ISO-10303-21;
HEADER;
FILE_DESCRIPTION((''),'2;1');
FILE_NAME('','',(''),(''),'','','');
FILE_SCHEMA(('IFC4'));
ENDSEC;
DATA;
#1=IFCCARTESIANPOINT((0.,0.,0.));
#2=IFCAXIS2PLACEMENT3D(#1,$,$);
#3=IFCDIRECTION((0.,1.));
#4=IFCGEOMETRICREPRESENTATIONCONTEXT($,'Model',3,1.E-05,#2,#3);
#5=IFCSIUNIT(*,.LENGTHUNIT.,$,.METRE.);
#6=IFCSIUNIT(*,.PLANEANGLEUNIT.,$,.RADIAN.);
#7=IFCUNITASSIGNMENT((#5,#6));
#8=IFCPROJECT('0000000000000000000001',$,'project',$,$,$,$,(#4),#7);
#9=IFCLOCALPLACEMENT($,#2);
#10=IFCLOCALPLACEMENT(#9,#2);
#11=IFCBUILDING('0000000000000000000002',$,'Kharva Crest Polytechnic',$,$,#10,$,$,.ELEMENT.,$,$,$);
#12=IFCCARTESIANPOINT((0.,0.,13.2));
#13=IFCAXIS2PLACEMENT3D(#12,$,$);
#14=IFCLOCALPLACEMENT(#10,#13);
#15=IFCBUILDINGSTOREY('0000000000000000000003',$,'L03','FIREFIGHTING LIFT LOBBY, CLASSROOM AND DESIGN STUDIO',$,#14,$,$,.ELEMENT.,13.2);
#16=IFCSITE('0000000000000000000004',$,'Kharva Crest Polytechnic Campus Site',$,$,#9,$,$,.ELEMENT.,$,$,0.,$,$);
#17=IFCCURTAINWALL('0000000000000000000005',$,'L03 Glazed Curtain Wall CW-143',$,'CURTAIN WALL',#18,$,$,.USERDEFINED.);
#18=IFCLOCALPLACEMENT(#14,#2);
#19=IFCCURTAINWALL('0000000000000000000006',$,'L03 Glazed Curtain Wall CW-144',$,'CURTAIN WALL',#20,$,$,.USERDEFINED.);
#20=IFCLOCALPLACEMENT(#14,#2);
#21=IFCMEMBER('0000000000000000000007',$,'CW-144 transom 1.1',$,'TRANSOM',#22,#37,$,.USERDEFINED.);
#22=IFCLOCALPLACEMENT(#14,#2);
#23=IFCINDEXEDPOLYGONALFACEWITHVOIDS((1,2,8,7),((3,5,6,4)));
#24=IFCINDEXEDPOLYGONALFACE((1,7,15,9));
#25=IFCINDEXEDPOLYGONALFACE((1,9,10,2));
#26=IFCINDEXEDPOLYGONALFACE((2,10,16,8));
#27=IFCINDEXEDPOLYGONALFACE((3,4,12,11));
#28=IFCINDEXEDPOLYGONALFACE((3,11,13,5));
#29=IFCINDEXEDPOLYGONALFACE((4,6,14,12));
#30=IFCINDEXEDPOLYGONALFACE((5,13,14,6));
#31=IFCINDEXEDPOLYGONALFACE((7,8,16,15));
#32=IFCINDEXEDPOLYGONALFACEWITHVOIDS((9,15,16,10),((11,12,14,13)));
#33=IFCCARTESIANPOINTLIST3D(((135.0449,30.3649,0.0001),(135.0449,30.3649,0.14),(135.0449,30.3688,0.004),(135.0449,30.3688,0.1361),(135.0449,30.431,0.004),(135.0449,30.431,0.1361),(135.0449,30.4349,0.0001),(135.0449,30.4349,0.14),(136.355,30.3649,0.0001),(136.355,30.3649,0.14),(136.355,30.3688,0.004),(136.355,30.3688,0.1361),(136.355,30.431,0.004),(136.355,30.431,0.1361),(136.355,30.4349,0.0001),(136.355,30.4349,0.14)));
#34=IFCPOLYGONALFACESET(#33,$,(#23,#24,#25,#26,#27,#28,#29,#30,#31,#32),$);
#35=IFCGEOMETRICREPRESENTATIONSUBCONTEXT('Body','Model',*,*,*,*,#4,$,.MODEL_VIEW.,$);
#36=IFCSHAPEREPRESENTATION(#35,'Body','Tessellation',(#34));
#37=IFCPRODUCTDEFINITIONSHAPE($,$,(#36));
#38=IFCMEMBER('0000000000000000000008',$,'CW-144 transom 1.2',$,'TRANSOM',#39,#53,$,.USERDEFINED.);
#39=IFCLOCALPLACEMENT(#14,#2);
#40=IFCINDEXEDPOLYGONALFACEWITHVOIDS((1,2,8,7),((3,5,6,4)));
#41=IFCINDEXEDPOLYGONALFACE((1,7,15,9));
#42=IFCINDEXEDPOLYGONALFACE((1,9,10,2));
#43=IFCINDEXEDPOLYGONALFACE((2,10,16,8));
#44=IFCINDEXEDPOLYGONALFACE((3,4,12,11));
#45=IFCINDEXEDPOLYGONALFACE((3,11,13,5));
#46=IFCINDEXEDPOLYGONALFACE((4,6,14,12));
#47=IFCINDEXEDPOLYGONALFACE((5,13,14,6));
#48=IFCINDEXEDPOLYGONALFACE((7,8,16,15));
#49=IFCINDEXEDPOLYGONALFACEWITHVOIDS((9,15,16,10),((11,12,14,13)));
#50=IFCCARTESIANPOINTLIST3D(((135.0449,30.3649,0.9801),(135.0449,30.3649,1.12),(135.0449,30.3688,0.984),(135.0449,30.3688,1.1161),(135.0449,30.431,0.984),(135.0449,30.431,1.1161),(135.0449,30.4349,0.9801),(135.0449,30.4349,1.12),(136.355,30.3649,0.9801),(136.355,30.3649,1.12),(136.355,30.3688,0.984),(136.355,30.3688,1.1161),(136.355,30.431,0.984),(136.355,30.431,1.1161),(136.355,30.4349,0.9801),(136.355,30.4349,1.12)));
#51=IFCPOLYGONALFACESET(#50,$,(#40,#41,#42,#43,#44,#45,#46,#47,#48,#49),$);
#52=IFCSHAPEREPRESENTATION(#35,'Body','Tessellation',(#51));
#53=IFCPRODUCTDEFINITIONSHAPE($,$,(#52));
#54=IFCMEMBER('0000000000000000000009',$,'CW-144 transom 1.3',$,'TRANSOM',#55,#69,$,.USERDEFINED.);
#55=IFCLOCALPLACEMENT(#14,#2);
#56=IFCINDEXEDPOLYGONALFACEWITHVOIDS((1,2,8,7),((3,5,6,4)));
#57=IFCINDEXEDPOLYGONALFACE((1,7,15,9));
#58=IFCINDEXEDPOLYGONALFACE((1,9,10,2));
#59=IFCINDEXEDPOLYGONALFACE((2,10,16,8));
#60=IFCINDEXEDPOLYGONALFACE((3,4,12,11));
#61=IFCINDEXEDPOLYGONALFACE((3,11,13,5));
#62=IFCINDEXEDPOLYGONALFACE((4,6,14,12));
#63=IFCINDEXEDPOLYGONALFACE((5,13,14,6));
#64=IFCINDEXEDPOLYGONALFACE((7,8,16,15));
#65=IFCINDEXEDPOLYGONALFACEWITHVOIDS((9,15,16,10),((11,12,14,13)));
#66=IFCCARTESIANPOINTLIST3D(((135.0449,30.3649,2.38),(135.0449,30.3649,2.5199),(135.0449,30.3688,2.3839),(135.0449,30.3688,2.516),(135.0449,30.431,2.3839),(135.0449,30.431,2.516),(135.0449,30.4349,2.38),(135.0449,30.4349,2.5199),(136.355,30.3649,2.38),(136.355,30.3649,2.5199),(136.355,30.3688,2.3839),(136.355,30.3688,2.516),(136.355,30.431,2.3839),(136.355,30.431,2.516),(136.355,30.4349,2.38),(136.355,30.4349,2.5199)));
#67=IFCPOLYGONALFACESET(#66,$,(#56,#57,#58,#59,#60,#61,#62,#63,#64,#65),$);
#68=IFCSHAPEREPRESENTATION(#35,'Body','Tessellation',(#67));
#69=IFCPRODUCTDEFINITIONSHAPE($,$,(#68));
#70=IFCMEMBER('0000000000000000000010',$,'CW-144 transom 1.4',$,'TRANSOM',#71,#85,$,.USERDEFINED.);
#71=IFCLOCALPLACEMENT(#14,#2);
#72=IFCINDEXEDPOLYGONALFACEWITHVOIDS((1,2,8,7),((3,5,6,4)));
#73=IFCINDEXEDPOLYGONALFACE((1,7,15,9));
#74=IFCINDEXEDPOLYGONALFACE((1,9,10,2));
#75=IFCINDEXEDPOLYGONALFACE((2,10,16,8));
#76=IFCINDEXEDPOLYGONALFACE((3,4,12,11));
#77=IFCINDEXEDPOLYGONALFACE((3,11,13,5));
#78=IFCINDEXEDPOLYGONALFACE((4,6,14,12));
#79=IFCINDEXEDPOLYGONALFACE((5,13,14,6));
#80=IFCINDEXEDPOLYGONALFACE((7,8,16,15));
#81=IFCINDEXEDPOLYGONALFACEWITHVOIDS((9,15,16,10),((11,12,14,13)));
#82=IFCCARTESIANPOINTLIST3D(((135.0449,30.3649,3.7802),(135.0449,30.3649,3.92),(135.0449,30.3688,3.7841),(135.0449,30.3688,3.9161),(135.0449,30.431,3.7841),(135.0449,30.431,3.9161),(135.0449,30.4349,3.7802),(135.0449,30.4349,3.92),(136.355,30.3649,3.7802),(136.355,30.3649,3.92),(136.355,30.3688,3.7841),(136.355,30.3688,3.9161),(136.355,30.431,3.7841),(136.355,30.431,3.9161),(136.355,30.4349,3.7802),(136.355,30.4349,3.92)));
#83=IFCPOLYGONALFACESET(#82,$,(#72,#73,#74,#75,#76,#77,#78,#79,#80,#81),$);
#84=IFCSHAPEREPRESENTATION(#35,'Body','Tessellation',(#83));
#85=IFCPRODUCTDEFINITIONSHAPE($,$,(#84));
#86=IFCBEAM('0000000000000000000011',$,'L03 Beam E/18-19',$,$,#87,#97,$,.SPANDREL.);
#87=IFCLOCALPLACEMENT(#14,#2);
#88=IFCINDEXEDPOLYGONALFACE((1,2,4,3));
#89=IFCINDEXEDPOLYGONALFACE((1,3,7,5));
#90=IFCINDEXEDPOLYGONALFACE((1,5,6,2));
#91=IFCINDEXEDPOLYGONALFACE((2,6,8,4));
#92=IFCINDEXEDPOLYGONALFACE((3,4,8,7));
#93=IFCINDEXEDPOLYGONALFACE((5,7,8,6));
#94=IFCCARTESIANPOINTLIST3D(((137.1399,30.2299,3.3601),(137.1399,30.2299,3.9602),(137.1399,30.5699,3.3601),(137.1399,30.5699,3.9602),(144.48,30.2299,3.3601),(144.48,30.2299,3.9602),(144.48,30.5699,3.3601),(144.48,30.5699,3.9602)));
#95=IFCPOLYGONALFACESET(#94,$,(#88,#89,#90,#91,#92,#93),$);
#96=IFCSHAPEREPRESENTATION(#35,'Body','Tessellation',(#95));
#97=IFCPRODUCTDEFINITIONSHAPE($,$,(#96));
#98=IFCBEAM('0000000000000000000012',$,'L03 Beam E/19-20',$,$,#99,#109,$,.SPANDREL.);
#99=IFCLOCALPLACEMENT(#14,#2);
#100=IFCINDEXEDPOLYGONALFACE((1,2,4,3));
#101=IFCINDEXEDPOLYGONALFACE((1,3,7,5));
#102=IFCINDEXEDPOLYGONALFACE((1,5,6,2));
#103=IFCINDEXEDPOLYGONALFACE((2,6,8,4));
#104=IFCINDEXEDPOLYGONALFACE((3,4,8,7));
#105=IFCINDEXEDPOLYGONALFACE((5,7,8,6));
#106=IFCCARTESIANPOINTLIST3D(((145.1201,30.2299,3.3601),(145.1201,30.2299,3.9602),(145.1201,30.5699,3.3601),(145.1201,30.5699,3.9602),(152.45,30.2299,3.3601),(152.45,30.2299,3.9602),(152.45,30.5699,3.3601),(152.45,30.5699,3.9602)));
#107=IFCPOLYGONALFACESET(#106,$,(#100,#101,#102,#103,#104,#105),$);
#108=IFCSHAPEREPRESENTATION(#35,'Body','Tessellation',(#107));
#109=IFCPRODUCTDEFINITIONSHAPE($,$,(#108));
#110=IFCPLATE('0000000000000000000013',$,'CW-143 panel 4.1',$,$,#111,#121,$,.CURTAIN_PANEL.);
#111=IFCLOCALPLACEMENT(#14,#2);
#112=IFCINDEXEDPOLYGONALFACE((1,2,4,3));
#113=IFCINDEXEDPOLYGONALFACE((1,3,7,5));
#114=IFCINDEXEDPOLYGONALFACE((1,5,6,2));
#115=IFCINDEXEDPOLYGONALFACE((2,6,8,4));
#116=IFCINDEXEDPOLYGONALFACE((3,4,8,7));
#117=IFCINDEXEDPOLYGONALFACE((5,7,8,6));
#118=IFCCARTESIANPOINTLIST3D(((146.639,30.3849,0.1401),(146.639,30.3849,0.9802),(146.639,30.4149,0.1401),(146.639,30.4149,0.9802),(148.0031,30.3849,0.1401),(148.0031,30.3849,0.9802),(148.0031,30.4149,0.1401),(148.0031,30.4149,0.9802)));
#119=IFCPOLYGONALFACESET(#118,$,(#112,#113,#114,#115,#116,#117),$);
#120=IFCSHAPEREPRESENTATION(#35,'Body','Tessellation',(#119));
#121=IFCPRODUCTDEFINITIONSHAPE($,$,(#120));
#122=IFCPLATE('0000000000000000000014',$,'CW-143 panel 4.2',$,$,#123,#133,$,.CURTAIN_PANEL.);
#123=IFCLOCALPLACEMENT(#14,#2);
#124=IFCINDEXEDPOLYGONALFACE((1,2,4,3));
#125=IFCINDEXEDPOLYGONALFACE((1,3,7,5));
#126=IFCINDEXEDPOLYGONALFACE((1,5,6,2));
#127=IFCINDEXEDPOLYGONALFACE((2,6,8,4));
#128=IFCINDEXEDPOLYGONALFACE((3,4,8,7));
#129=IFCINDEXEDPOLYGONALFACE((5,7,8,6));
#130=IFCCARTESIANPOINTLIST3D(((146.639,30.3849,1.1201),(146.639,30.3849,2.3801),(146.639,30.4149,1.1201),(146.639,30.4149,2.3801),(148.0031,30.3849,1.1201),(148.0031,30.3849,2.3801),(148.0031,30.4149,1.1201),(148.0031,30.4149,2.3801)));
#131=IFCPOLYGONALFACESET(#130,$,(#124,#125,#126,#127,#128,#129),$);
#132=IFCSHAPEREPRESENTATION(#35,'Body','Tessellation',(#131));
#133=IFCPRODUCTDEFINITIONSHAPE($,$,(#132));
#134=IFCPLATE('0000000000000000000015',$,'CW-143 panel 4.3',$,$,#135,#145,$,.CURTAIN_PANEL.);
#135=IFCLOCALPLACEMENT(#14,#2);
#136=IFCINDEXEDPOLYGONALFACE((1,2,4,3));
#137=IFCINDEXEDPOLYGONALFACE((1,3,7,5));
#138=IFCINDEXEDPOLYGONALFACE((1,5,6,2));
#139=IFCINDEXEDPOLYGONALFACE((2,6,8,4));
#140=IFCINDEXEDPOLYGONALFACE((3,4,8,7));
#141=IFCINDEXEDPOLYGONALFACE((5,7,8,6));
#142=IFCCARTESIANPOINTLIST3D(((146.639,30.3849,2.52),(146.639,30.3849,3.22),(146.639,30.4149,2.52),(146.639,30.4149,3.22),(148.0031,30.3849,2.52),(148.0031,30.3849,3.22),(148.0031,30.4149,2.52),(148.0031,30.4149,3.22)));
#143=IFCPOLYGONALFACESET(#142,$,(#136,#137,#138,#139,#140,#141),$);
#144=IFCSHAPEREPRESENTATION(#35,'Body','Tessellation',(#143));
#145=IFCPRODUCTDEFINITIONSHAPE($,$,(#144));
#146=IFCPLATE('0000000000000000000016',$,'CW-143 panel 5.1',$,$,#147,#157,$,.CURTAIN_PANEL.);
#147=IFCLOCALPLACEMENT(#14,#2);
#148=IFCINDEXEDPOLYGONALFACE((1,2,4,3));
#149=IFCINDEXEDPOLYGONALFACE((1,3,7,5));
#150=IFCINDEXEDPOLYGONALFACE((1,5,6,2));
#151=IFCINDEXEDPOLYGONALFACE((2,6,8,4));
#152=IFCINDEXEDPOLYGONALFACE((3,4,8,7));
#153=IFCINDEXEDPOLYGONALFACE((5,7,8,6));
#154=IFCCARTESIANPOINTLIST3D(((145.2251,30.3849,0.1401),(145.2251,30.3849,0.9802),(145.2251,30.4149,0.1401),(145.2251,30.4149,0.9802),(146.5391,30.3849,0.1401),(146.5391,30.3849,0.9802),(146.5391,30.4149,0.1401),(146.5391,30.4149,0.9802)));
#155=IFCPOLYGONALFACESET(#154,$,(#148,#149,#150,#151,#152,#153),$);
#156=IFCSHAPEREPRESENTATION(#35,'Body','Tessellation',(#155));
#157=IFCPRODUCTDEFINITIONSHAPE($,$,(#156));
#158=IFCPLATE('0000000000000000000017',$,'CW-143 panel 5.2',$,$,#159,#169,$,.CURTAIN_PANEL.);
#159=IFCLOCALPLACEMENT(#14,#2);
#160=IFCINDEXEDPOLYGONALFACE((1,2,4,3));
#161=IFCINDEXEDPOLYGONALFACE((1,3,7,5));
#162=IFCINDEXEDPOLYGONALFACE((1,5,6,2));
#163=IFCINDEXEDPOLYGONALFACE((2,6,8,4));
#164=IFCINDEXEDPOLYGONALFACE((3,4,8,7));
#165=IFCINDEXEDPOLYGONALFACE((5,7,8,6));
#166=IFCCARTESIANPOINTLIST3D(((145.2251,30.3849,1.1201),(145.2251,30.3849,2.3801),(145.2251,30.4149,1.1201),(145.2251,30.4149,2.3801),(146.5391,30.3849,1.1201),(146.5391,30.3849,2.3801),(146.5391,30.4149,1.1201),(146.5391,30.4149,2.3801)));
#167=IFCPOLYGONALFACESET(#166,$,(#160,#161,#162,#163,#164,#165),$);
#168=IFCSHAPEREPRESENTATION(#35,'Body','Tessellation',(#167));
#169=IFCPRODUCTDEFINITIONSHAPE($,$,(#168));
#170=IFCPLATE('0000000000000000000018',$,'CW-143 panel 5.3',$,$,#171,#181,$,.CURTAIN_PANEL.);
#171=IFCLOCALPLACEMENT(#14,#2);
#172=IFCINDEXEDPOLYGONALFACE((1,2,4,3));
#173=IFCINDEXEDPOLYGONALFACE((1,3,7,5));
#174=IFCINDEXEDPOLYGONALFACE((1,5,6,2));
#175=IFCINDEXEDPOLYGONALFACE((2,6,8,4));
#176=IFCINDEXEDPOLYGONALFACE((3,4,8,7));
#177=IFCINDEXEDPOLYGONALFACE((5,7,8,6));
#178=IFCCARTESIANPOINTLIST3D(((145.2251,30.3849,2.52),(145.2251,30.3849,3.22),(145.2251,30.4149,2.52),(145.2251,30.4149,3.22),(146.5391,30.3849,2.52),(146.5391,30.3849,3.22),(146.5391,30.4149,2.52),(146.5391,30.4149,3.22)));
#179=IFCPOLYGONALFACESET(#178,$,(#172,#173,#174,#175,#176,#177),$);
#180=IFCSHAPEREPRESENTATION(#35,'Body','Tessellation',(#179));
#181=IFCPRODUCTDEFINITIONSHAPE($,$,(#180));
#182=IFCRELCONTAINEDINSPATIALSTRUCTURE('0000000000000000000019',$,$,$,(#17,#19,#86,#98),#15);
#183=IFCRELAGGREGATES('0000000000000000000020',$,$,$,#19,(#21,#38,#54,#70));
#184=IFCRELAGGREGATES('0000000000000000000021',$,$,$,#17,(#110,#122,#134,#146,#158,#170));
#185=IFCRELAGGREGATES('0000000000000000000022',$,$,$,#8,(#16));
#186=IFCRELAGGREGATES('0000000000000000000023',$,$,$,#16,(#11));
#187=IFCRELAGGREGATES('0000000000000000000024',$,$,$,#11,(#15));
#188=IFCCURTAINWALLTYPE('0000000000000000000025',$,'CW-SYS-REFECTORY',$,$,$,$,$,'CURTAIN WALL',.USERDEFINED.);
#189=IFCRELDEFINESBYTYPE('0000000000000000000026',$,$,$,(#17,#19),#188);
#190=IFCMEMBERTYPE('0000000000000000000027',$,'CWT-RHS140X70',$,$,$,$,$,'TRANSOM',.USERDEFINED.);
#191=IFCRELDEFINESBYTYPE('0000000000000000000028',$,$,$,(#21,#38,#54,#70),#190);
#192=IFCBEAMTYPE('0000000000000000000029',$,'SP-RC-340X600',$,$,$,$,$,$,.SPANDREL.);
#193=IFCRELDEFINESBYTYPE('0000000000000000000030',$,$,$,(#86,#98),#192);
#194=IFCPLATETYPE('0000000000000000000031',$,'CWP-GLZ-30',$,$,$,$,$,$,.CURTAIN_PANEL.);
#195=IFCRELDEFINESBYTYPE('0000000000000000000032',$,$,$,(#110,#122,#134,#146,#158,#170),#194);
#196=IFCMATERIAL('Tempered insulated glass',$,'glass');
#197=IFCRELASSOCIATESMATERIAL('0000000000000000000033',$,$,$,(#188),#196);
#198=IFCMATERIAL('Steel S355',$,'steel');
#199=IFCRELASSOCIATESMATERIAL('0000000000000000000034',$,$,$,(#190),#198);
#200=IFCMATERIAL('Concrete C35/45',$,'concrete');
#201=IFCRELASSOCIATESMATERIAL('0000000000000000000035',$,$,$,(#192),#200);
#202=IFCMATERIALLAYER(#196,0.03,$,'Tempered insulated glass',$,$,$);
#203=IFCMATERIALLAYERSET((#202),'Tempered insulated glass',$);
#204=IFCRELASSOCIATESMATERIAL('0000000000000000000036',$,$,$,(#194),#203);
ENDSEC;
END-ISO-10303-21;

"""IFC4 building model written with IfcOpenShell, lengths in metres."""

from ifc_helpers import new_model, si_unit, direction, frame, origin, origin_2d, place, context, subcontext, project, spatial, rectangle, hollow_rectangle, extrude, material, layer, layer_set, material_profile, profile_set, type_object, element, aggregate, save


model = new_model("IFC4")

# Units and contexts
model_context = context("Model", 3, precision=1e-05, world=origin(), true_north=direction((0.0, 1.0)))
body_context = subcontext(model_context, "Body", "Model", "MODEL_VIEW")
ifc_project = project(units=[si_unit("LENGTHUNIT", "METRE"), si_unit("PLANEANGLEUNIT", "RADIAN")], contexts=[model_context])

# Site, building, storey
site_placement = place(None, origin())
site = spatial("IfcSite", under=ifc_project, at=site_placement, Name="Kharva Crest Polytechnic Campus Site", CompositionType="ELEMENT", RefElevation=0.0)
building_placement = place(site_placement, origin())
building = spatial("IfcBuilding", under=site, at=building_placement, Name="Kharva Crest Polytechnic", CompositionType="ELEMENT")
storey_placement = place(building_placement, frame((0.0, 0.0, 13.2)))
storey = spatial("IfcBuildingStorey", under=building, at=storey_placement, Name="L03", Description="FIREFIGHTING LIFT LOBBY, CLASSROOM AND DESIGN STUDIO", CompositionType="ELEMENT", Elevation=13.2)

# Curtain wall
ifc_material_1 = material(Name="Tempered insulated glass", Category="glass")
curtain_wall_type = type_object("IfcCurtainWallType", Name="CW-SYS-REFECTORY", ElementType="CURTAIN WALL", PredefinedType="USERDEFINED", material=ifc_material_1)
curtain_wall_1_placement = place(storey_placement, origin())
curtain_wall_1 = element("IfcCurtainWall", 1, at=curtain_wall_1_placement, inside=storey, type_object=curtain_wall_type, Name="L03 Glazed Curtain Wall CW-143", ObjectType="CURTAIN WALL", PredefinedType="USERDEFINED")
ifc_material_2 = material(Name="Steel S355", Category="steel")

# Curtain wall
curtain_wall_2_placement = place(storey_placement, origin())
curtain_wall_2 = element("IfcCurtainWall", 2, at=curtain_wall_2_placement, inside=storey, type_object=curtain_wall_type, Name="L03 Glazed Curtain Wall CW-144", ObjectType="CURTAIN WALL", PredefinedType="USERDEFINED")

# Members
ifc_material_profile_1 = material_profile(ifc_material_2, hollow_rectangle(XDim=0.0701, YDim=0.1399, WallThickness=0.0039, at=origin_2d()), Name="RHS 140X70X4.0")
ifc_profile_set_1 = profile_set([ifc_material_profile_1], Name="Steel S355")
member_type_1 = type_object("IfcMemberType", Name="CWT-RHS140X70", ElementType="TRANSOM", PredefinedType="USERDEFINED", material=ifc_profile_set_1)
member_1_placement = place(storey_placement, frame((136.355, 30.3999, 0.0701), z_axis=(-1.0, 0.0, 0.0), x_axis=(0.0, -1.0, 0.0)))
member_1 = element("IfcMember", 3, at=member_1_placement, type_object=member_type_1, Name="CW-144 transom 1.1", ObjectType="TRANSOM", PredefinedType="USERDEFINED", context=body_context, shape_type="SweptSolid", body=[
    extrude(hollow_rectangle(XDim=0.0701, YDim=0.1399, WallThickness=0.0039, at=origin_2d()), origin(), (0.0, 0.0, 1.0), 1.3101),
])
member_2_placement = place(storey_placement, frame((136.355, 30.3999, 1.05), z_axis=(-1.0, 0.0, 0.0), x_axis=(0.0, -1.0, 0.0)))
member_2 = element("IfcMember", 4, at=member_2_placement, type_object=member_type_1, Name="CW-144 transom 1.2", ObjectType="TRANSOM", PredefinedType="USERDEFINED", context=body_context, shape_type="SweptSolid", body=[
    extrude(hollow_rectangle(XDim=0.0701, YDim=0.1399, WallThickness=0.0039, at=origin_2d()), origin(), (0.0, 0.0, 1.0), 1.3101),
])
member_3_placement = place(storey_placement, frame((136.355, 30.3999, 2.45), z_axis=(-1.0, 0.0, 0.0), x_axis=(0.0, -1.0, 0.0)))
member_3 = element("IfcMember", 5, at=member_3_placement, type_object=member_type_1, Name="CW-144 transom 1.3", ObjectType="TRANSOM", PredefinedType="USERDEFINED", context=body_context, shape_type="SweptSolid", body=[
    extrude(hollow_rectangle(XDim=0.0701, YDim=0.1399, WallThickness=0.0039, at=origin_2d()), origin(), (0.0, 0.0, 1.0), 1.3101),
])
member_4_placement = place(storey_placement, frame((136.355, 30.3999, 3.8501), z_axis=(-1.0, 0.0, 0.0), x_axis=(0.0, -1.0, 0.0)))
member_4 = element("IfcMember", 6, at=member_4_placement, type_object=member_type_1, Name="CW-144 transom 1.4", ObjectType="TRANSOM", PredefinedType="USERDEFINED", context=body_context, shape_type="SweptSolid", body=[
    extrude(hollow_rectangle(XDim=0.0701, YDim=0.1399, WallThickness=0.0039, at=origin_2d()), origin(), (0.0, 0.0, 1.0), 1.3101),
])
aggregate(curtain_wall_2, [member_1, member_2, member_3, member_4])

# Beams
ifc_material_3 = material(Name="Concrete C35/45", Category="concrete")
ifc_material_profile_2 = material_profile(ifc_material_3, rectangle(XDim=0.3401, YDim=0.6001, at=origin_2d()), Name="RECT 340 X 600")
ifc_profile_set_2 = profile_set([ifc_material_profile_2], Name="Concrete C35/45")
beam_type = type_object("IfcBeamType", Name="SP-RC-340X600", PredefinedType="SPANDREL", material=ifc_profile_set_2)
beam_1_placement = place(storey_placement, frame((137.1399, 30.3999, 3.6602), z_axis=(1.0, 0.0, 0.0), x_axis=(0.0, 1.0, 0.0)))
element("IfcBeam", 7, at=beam_1_placement, inside=storey, type_object=beam_type, Name="L03 Beam E/18-19", PredefinedType="SPANDREL", context=body_context, shape_type="SweptSolid", body=[
    extrude(rectangle(XDim=0.3401, YDim=0.6001, at=origin_2d()), origin(), (0.0, 0.0, 1.0), 7.3401),
])
beam_2_placement = place(storey_placement, frame((145.1201, 30.3999, 3.6602), z_axis=(1.0, 0.0, 0.0), x_axis=(0.0, 1.0, 0.0)))
element("IfcBeam", 8, at=beam_2_placement, inside=storey, type_object=beam_type, Name="L03 Beam E/19-20", PredefinedType="SPANDREL", context=body_context, shape_type="SweptSolid", body=[
    extrude(rectangle(XDim=0.3401, YDim=0.6001, at=origin_2d()), origin(), (0.0, 0.0, 1.0), 7.3298),
])

# Plates
ifc_layer_1 = layer(ifc_material_1, 0.03, Name="Tempered insulated glass")
ifc_layer_set_1 = layer_set([ifc_layer_1], Name="Tempered insulated glass")
plate_type = type_object("IfcPlateType", Name="CWP-GLZ-30", PredefinedType="CURTAIN_PANEL", material=ifc_layer_set_1)
plate_1_placement = place(storey_placement, frame((147.321, 30.3999, 0.1401), z_axis=(0.0, 0.0, 1.0), x_axis=(-1.0, 0.0, 0.0)))
plate_1 = element("IfcPlate", 9, at=plate_1_placement, type_object=plate_type, Name="CW-143 panel 4.1", PredefinedType="CURTAIN_PANEL", context=body_context, shape_type="SweptSolid", body=[
    extrude(rectangle(XDim=1.364, YDim=0.03, at=origin_2d()), origin(), (0.0, 0.0, 1.0), 0.8401),
])
plate_2_placement = place(storey_placement, frame((147.321, 30.3999, 1.1201), z_axis=(0.0, 0.0, 1.0), x_axis=(-1.0, 0.0, 0.0)))
plate_2 = element("IfcPlate", 10, at=plate_2_placement, type_object=plate_type, Name="CW-143 panel 4.2", PredefinedType="CURTAIN_PANEL", context=body_context, shape_type="SweptSolid", body=[
    extrude(rectangle(XDim=1.364, YDim=0.03, at=origin_2d()), origin(), (0.0, 0.0, 1.0), 1.26),
])
plate_3_placement = place(storey_placement, frame((147.321, 30.3999, 2.52), z_axis=(0.0, 0.0, 1.0), x_axis=(-1.0, 0.0, 0.0)))
plate_3 = element("IfcPlate", 11, at=plate_3_placement, type_object=plate_type, Name="CW-143 panel 4.3", PredefinedType="CURTAIN_PANEL", context=body_context, shape_type="SweptSolid", body=[
    extrude(rectangle(XDim=1.364, YDim=0.03, at=origin_2d()), origin(), (0.0, 0.0, 1.0), 0.7),
])
plate_4_placement = place(storey_placement, frame((145.8821, 30.3999, 0.1401), z_axis=(0.0, 0.0, 1.0), x_axis=(-1.0, 0.0, 0.0)))
plate_4 = element("IfcPlate", 12, at=plate_4_placement, type_object=plate_type, Name="CW-143 panel 5.1", PredefinedType="CURTAIN_PANEL", context=body_context, shape_type="SweptSolid", body=[
    extrude(rectangle(XDim=1.314, YDim=0.03, at=origin_2d()), origin(), (0.0, 0.0, 1.0), 0.8401),
])
plate_5_placement = place(storey_placement, frame((145.8821, 30.3999, 1.1201), z_axis=(0.0, 0.0, 1.0), x_axis=(-1.0, 0.0, 0.0)))
plate_5 = element("IfcPlate", 13, at=plate_5_placement, type_object=plate_type, Name="CW-143 panel 5.2", PredefinedType="CURTAIN_PANEL", context=body_context, shape_type="SweptSolid", body=[
    extrude(rectangle(XDim=1.314, YDim=0.03, at=origin_2d()), origin(), (0.0, 0.0, 1.0), 1.26),
])
plate_6_placement = place(storey_placement, frame((145.8821, 30.3999, 2.52), z_axis=(0.0, 0.0, 1.0), x_axis=(-1.0, 0.0, 0.0)))
plate_6 = element("IfcPlate", 14, at=plate_6_placement, type_object=plate_type, Name="CW-143 panel 5.3", PredefinedType="CURTAIN_PANEL", context=body_context, shape_type="SweptSolid", body=[
    extrude(rectangle(XDim=1.314, YDim=0.03, at=origin_2d()), origin(), (0.0, 0.0, 1.0), 0.7),
])
aggregate(curtain_wall_1, [plate_1, plate_2, plate_3, plate_4, plate_5, plate_6])

save(model, "model.ifc")
